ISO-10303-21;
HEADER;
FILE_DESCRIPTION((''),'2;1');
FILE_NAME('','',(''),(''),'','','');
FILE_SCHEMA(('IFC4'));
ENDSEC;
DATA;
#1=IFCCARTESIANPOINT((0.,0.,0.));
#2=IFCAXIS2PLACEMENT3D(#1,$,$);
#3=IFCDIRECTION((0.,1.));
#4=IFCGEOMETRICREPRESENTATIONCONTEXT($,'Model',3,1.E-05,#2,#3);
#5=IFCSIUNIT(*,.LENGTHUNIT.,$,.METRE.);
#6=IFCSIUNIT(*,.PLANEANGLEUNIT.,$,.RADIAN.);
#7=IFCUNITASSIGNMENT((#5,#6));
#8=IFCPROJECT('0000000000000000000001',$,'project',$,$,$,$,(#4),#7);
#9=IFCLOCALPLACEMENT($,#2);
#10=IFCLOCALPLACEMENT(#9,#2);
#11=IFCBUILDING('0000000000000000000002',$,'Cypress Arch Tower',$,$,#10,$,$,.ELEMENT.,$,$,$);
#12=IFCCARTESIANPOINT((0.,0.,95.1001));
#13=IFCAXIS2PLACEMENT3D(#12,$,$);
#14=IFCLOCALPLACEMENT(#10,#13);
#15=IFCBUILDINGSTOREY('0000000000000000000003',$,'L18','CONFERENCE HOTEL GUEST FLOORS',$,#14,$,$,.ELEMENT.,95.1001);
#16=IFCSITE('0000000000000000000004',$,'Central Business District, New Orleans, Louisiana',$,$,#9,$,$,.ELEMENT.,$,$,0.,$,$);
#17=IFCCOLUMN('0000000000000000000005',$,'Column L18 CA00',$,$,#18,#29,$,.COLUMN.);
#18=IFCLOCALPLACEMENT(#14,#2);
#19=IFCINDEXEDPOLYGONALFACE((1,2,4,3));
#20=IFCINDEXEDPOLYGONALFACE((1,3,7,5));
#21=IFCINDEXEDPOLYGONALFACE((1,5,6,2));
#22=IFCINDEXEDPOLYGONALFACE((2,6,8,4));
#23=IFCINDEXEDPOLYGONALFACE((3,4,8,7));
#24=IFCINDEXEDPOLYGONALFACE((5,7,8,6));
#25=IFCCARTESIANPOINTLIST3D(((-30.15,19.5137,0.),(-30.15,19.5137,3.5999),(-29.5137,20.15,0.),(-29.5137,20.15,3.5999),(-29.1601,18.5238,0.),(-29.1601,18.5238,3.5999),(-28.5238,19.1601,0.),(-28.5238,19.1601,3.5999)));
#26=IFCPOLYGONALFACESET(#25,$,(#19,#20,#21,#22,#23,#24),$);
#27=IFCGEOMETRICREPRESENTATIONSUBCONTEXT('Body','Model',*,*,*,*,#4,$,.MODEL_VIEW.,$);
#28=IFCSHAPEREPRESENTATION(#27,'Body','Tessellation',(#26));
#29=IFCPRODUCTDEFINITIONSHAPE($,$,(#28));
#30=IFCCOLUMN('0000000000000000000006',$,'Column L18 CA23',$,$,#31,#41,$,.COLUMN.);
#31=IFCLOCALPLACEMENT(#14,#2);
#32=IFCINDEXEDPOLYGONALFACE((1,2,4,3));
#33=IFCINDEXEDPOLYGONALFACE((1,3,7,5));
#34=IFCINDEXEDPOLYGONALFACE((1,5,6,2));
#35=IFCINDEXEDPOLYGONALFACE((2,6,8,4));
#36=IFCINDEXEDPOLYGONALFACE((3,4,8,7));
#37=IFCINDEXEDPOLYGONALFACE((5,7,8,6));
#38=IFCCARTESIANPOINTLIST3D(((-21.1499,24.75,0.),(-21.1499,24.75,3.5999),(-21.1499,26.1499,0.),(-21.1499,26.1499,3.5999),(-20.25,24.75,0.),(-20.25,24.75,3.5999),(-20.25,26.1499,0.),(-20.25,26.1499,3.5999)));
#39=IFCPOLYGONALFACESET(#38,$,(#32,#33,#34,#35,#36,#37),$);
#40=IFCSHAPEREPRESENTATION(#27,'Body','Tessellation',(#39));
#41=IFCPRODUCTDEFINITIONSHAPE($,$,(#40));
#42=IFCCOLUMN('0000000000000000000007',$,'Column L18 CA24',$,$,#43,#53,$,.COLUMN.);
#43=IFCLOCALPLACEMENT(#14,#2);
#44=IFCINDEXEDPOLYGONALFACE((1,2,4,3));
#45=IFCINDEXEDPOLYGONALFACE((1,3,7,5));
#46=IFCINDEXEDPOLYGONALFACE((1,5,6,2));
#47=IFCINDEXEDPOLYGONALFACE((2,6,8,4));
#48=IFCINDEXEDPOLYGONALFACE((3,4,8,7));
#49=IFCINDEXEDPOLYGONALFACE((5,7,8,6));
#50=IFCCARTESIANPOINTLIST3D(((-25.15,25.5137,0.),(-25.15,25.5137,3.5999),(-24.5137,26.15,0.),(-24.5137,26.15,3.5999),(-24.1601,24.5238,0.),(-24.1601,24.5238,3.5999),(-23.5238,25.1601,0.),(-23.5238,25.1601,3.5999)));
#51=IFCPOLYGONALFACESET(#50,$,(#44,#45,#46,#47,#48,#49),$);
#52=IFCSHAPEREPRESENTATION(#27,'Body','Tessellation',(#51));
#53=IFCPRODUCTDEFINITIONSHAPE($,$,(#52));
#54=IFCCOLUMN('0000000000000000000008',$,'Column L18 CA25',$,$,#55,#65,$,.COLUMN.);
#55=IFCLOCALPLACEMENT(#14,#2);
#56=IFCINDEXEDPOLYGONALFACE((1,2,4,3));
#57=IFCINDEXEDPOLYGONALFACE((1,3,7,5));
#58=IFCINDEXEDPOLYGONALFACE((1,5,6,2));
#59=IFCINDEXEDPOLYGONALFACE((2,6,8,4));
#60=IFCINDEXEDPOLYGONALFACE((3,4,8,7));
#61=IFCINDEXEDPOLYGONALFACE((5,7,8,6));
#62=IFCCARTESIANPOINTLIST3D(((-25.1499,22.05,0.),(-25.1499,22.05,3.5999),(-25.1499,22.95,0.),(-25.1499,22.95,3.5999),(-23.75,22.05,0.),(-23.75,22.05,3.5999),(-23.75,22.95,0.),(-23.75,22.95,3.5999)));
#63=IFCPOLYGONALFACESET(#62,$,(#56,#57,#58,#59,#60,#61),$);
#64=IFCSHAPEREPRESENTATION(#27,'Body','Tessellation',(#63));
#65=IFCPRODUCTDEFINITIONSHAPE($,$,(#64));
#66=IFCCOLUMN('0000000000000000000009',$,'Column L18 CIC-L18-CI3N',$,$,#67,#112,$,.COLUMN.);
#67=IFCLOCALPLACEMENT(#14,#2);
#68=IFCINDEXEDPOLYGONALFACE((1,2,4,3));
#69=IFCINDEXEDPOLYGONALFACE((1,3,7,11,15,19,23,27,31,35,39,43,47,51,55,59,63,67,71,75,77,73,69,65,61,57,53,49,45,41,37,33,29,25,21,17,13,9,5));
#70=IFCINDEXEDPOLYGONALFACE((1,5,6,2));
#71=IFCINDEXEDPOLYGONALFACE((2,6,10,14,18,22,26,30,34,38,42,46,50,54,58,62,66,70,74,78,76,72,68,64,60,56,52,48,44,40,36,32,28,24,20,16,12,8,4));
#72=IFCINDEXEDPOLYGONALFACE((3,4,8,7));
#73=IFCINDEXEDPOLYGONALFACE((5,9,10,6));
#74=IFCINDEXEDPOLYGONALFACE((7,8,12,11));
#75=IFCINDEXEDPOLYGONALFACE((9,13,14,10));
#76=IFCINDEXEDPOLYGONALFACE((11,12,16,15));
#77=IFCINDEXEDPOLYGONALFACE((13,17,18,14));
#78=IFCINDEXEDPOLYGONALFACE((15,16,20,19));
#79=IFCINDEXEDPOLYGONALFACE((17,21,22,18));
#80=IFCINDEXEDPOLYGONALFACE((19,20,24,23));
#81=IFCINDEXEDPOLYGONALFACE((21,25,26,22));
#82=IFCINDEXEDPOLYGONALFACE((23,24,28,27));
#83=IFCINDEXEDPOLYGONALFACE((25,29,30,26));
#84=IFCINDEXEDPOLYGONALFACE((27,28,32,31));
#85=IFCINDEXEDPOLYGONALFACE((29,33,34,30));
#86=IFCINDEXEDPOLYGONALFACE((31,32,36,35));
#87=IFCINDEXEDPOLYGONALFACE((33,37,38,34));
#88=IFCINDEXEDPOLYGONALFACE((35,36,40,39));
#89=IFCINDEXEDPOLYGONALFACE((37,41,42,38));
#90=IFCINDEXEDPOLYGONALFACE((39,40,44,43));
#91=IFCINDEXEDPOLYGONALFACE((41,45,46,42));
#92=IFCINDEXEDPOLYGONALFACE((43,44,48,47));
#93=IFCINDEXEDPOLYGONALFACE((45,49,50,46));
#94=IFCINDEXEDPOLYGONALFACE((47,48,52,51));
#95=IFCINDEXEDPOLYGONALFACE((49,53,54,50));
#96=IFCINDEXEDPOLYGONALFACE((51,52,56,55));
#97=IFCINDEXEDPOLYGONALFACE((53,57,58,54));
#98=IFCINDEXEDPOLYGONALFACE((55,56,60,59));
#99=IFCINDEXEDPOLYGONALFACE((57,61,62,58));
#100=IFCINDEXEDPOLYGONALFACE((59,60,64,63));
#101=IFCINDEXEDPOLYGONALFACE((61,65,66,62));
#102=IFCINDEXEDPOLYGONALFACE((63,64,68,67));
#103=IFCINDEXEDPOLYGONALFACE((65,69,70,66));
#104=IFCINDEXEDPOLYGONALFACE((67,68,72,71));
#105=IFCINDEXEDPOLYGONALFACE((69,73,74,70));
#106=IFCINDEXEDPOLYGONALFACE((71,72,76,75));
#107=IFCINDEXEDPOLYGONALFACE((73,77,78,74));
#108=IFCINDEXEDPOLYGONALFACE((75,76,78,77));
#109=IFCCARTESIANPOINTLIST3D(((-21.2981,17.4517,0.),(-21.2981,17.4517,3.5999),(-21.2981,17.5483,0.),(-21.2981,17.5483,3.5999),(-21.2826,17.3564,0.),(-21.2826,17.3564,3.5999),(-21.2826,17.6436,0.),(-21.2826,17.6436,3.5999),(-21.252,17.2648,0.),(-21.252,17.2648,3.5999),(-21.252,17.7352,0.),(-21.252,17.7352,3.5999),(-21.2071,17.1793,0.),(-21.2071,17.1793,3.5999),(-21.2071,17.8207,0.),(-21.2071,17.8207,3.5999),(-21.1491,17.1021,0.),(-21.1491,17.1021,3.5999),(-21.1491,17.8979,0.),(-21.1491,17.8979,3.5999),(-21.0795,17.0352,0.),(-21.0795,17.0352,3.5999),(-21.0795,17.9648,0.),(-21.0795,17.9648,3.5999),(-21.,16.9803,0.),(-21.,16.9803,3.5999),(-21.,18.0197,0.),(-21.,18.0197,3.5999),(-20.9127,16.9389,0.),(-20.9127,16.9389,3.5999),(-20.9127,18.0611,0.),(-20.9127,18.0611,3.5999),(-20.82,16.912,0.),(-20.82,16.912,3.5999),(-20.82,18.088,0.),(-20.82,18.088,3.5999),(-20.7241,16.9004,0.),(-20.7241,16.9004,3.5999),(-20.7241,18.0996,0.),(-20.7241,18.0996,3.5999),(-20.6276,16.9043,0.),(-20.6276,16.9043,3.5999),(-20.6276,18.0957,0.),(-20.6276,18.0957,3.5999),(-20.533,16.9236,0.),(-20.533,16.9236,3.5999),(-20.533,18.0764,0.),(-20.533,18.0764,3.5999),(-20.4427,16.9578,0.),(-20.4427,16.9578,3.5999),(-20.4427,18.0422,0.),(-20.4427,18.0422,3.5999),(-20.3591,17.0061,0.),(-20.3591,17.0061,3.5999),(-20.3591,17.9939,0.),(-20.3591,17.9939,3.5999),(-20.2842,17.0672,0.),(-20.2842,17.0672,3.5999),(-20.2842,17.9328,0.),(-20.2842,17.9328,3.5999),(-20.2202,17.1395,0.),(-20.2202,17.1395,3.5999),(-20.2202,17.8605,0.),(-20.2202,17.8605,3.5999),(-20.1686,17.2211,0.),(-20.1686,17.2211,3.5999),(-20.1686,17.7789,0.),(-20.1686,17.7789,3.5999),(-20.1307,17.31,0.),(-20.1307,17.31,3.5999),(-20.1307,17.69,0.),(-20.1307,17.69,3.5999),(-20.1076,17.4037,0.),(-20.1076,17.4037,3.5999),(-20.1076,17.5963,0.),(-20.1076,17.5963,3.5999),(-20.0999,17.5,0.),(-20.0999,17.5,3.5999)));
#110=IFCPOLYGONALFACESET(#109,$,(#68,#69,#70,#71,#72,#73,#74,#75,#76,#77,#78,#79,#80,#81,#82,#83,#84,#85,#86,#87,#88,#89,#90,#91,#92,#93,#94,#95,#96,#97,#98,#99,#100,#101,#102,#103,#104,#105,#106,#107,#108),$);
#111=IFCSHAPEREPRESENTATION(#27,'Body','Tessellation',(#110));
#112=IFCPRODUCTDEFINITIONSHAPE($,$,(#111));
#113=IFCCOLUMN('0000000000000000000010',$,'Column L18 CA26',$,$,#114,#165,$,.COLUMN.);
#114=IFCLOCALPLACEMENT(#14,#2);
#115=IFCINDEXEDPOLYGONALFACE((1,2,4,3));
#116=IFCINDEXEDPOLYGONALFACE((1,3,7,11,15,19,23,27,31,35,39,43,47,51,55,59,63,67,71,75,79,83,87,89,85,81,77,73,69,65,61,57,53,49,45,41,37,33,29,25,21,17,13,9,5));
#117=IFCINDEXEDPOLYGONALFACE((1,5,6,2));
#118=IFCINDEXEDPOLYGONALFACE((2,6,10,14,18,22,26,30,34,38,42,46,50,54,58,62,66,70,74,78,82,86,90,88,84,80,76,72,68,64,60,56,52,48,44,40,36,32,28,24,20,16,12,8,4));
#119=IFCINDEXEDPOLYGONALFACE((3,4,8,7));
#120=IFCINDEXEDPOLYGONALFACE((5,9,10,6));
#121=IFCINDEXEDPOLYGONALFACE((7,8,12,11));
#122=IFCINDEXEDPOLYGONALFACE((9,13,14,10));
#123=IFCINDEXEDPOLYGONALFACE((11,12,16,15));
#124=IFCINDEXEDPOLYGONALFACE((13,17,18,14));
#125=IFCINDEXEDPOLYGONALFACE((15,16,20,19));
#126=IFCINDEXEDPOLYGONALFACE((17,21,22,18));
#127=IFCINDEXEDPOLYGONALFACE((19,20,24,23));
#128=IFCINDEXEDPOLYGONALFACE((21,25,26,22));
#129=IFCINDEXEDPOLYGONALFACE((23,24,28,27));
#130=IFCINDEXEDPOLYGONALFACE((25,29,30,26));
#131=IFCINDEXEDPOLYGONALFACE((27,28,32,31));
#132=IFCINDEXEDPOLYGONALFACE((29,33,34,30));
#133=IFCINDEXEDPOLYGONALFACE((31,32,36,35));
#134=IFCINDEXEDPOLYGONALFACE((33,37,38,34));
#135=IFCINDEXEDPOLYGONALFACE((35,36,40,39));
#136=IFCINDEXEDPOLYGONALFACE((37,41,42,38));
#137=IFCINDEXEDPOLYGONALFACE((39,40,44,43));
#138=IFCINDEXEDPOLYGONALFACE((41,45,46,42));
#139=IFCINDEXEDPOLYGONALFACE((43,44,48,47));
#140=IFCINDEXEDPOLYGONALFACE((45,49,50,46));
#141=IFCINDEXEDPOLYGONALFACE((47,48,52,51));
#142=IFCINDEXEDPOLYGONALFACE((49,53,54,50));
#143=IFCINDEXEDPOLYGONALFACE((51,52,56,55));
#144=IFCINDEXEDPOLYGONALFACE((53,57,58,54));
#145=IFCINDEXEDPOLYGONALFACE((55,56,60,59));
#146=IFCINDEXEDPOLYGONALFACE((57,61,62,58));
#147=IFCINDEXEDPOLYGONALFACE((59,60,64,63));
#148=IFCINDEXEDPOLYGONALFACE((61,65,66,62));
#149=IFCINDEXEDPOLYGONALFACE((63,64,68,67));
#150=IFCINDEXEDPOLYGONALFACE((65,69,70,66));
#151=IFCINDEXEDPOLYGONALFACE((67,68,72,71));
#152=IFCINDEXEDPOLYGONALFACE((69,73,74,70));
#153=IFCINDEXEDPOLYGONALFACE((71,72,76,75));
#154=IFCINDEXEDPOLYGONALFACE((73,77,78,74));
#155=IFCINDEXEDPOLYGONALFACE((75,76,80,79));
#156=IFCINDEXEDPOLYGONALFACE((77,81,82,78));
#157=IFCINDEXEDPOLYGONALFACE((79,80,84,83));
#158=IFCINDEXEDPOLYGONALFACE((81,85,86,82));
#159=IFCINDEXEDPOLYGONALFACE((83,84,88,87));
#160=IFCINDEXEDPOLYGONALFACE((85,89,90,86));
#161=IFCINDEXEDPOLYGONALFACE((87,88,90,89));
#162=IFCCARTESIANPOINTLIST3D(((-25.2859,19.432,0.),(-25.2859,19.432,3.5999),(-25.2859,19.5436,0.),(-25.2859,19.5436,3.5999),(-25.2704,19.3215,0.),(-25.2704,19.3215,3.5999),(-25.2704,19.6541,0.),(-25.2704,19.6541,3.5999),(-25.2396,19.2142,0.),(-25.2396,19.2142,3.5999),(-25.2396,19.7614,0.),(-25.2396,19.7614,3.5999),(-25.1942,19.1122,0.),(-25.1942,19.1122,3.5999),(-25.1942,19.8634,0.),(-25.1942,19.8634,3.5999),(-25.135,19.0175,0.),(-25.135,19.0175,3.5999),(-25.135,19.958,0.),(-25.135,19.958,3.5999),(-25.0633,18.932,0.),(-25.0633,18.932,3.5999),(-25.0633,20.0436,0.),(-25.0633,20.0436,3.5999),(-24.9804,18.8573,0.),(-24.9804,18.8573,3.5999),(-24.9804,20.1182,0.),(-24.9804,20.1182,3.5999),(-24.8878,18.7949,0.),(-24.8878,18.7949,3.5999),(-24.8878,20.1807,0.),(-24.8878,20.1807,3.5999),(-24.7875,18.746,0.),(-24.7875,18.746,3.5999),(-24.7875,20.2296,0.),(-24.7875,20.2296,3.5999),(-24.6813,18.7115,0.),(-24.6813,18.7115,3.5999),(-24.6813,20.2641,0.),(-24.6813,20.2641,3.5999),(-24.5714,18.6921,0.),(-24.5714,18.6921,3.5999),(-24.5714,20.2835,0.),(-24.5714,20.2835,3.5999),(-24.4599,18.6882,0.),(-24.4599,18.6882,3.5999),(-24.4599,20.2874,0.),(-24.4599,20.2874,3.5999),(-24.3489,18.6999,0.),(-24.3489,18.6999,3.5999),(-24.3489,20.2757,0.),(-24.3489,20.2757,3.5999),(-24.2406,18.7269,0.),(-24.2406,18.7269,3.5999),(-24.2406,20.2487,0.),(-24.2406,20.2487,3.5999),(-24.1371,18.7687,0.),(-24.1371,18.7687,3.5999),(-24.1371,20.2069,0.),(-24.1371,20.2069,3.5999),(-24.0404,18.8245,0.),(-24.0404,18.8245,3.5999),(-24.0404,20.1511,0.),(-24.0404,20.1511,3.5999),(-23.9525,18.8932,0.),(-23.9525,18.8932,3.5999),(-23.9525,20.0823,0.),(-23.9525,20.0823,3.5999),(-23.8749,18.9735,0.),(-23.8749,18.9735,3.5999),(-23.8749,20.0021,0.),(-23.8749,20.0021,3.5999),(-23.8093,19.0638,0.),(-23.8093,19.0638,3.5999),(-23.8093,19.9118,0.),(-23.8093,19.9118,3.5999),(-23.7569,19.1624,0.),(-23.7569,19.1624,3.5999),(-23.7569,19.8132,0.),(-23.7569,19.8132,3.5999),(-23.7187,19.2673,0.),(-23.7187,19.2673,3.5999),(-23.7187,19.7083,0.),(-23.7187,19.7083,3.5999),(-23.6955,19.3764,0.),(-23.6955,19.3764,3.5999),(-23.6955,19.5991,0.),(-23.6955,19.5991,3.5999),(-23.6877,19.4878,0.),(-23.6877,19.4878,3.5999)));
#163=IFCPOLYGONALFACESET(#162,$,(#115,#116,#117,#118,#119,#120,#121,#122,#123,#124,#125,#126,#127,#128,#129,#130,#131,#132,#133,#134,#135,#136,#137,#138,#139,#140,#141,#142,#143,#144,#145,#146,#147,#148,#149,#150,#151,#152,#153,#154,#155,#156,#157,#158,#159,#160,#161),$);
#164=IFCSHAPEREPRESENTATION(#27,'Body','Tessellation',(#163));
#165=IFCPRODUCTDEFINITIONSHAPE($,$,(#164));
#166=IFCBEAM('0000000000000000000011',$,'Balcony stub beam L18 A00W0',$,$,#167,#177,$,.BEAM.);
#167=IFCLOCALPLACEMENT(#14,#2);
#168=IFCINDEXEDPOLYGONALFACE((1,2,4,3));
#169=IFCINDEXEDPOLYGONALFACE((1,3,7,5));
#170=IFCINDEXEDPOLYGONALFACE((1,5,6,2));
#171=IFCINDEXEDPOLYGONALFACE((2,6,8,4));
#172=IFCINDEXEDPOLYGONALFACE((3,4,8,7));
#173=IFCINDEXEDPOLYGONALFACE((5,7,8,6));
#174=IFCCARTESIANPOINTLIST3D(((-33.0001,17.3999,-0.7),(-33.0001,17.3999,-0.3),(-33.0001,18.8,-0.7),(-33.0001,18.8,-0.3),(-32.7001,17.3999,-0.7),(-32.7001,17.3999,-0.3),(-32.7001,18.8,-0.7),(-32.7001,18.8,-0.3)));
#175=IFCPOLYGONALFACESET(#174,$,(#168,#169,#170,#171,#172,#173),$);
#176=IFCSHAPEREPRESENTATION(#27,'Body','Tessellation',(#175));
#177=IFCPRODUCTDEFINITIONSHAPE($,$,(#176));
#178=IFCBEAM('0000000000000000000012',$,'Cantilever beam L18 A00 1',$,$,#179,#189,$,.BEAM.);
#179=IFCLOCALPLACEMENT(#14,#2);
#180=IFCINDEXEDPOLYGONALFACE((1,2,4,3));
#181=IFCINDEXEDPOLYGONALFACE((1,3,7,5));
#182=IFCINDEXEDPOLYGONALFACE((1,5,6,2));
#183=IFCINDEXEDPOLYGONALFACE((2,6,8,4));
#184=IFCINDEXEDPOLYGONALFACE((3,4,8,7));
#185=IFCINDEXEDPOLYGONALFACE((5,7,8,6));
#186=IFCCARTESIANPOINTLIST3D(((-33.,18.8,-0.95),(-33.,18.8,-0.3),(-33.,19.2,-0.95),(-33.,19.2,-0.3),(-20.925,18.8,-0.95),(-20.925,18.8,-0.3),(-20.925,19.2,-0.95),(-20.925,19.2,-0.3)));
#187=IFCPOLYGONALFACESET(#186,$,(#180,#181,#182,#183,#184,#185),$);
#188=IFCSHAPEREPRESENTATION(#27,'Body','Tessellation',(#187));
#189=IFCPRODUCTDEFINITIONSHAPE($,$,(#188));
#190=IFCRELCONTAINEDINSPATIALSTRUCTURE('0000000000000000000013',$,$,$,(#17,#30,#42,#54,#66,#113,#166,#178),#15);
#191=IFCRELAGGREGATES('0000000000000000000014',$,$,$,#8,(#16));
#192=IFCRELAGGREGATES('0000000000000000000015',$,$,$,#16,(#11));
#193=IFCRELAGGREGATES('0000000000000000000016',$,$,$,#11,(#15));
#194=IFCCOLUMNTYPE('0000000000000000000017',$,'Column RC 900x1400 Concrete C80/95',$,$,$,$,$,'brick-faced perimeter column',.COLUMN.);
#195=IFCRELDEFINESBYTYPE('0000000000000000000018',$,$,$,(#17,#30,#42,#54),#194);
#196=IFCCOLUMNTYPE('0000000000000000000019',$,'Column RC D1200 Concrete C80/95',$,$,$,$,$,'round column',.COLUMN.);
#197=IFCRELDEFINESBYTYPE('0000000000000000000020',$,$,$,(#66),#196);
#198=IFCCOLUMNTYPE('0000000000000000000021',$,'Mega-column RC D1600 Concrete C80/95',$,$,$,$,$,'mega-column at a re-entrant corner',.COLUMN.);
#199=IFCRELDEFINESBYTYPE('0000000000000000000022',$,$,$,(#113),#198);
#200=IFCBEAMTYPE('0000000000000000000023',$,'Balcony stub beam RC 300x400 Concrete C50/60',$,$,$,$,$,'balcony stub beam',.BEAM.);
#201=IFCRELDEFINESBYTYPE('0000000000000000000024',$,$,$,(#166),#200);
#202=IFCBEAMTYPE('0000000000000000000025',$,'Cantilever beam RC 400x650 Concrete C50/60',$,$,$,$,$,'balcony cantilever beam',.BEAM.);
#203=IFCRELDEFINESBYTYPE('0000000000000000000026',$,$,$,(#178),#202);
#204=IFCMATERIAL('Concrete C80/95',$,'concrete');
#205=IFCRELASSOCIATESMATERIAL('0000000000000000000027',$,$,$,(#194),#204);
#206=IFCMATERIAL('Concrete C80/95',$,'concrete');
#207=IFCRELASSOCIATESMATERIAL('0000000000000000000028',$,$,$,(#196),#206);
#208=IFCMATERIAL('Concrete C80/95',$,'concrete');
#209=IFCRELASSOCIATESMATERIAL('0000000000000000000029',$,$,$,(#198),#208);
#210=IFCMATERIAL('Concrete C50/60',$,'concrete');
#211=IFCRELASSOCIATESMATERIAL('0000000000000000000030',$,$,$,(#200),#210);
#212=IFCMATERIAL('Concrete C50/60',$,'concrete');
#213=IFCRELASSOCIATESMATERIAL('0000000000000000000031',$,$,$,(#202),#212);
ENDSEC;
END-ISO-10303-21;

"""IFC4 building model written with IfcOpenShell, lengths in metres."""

from ifc_helpers import new_model, si_unit, direction, frame, origin, origin_2d, place, context, subcontext, project, spatial, rectangle, circle, extrude, material, material_profile, profile_set, type_object, element, save


model = new_model("IFC4")

# Units and contexts
model_context = context("Model", 3, precision=1e-05, world=origin(), true_north=direction((0.0, 1.0)))
body_context = subcontext(model_context, "Body", "Model", "MODEL_VIEW")
ifc_project = project(units=[si_unit("LENGTHUNIT", "METRE"), si_unit("PLANEANGLEUNIT", "RADIAN")], contexts=[model_context])

# Site, building, storey
site_placement = place(None, origin())
site = spatial("IfcSite", under=ifc_project, at=site_placement, Name="Central Business District, New Orleans, Louisiana", CompositionType="ELEMENT", RefElevation=0.0)
building_placement = place(site_placement, origin())
building = spatial("IfcBuilding", under=site, at=building_placement, Name="Cypress Arch Tower", CompositionType="ELEMENT")
storey_placement = place(building_placement, frame((0.0, 0.0, 95.1001)))
storey = spatial("IfcBuildingStorey", under=building, at=storey_placement, Name="L18", Description="CONFERENCE HOTEL GUEST FLOORS", CompositionType="ELEMENT", Elevation=95.1001)

# Columns
ifc_material_1 = material(Name="Concrete C80/95", Category="concrete")
ifc_material_profile_1 = material_profile(ifc_material_1, rectangle(XDim=0.8999, YDim=1.3999, at=origin_2d()), Name="RC 900x1400")
ifc_profile_set_1 = profile_set([ifc_material_profile_1], Name="Concrete C80/95")
column_type_1 = type_object("IfcColumnType", Name="Column RC 900x1400 Concrete C80/95", ElementType="brick-faced perimeter column", PredefinedType="COLUMN", material=ifc_profile_set_1)
for number, where, z_axis, x_axis, name in (
    (1, (-29.3369, 19.3369, 0.0), (0.0, 0.0, 1.0), (-0.707107, -0.707107, 0.0), "Column L18 CA00"),
    (2, (-20.7, 25.45, 0.0), (0.0, 0.0, 1.0), (-1.0, 0.0, 0.0), "Column L18 CA23"),
    (3, (-24.3369, 25.3369, 0.0), (0.0, 0.0, 1.0), (-0.707107, -0.707107, 0.0), "Column L18 CA24"),
    (4, (-24.45, 22.5, 0.0), (0.0, 0.0, 1.0), (0.0, -1.0, 0.0), "Column L18 CA25"),
):
    element("IfcColumn", number, at=place(storey_placement, frame(where, z_axis=z_axis, x_axis=x_axis)), inside=storey, type_object=column_type_1, Name=name, PredefinedType="COLUMN", context=body_context, shape_type="SweptSolid", body=[
        extrude(rectangle(XDim=0.8999, YDim=1.3999, at=origin_2d()), origin(), (0.0, 0.0, 1.0), 3.5999),
    ])
ifc_material_2 = material(Name="Concrete C80/95", Category="concrete")
ifc_material_profile_2 = material_profile(ifc_material_2, circle(Radius=0.6001, at=origin_2d()), Name="RC D1200")
ifc_profile_set_2 = profile_set([ifc_material_profile_2], Name="Concrete C80/95")
column_type_2 = type_object("IfcColumnType", Name="Column RC D1200 Concrete C80/95", ElementType="round column", PredefinedType="COLUMN", material=ifc_profile_set_2)
column_1_placement = place(storey_placement, frame((-20.7, 17.5, 0.0), z_axis=(0.0, 0.0, 1.0), x_axis=(1.0, 0.0, 0.0)))
element("IfcColumn", 5, at=column_1_placement, inside=storey, type_object=column_type_2, Name="Column L18 CIC-L18-CI3N", PredefinedType="COLUMN", context=body_context, shape_type="SweptSolid", body=[
    extrude(circle(Radius=0.6001, at=origin_2d()), origin(), (0.0, 0.0, 1.0), 3.5999),
])
ifc_material_3 = material(Name="Concrete C80/95", Category="concrete")
ifc_material_profile_3 = material_profile(ifc_material_3, circle(Radius=0.8, at=origin_2d()), Name="RC D1600")
ifc_profile_set_3 = profile_set([ifc_material_profile_3], Name="Concrete C80/95")
column_type_3 = type_object("IfcColumnType", Name="Mega-column RC D1600 Concrete C80/95", ElementType="mega-column at a re-entrant corner", PredefinedType="COLUMN", material=ifc_profile_set_3)
column_2_placement = place(storey_placement, frame((-24.4878, 19.4878, 0.0), z_axis=(0.0, 0.0, 1.0), x_axis=(1.0, 0.0, 0.0)))
element("IfcColumn", 6, at=column_2_placement, inside=storey, type_object=column_type_3, Name="Column L18 CA26", PredefinedType="COLUMN", context=body_context, shape_type="SweptSolid", body=[
    extrude(circle(Radius=0.8, at=origin_2d()), origin(), (0.0, 0.0, 1.0), 3.5999),
])

# Beams
ifc_material_4 = material(Name="Concrete C50/60", Category="concrete")
ifc_material_profile_4 = material_profile(ifc_material_4, rectangle(XDim=0.3, YDim=0.3999, at=origin_2d()), Name="RC 300x400")
ifc_profile_set_4 = profile_set([ifc_material_profile_4], Name="Concrete C50/60")
beam_type_1 = type_object("IfcBeamType", Name="Balcony stub beam RC 300x400 Concrete C50/60", ElementType="balcony stub beam", PredefinedType="BEAM", material=ifc_profile_set_4)
beam_1_placement = place(storey_placement, frame((-32.8501, 18.8, -0.5), z_axis=(0.0, -1.0, 0.0), x_axis=(1.0, 0.0, 0.0)))
element("IfcBeam", 7, at=beam_1_placement, inside=storey, type_object=beam_type_1, Name="Balcony stub beam L18 A00W0", PredefinedType="BEAM", context=body_context, shape_type="SweptSolid", body=[
    extrude(rectangle(XDim=0.3, YDim=0.3999, at=origin_2d()), origin(), (0.0, 0.0, 1.0), 1.4001),
])
ifc_material_5 = material(Name="Concrete C50/60", Category="concrete")
ifc_material_profile_5 = material_profile(ifc_material_5, rectangle(XDim=0.3999, YDim=0.6499, at=origin_2d()), Name="RC 400x650")
ifc_profile_set_5 = profile_set([ifc_material_profile_5], Name="Concrete C50/60")
beam_type_2 = type_object("IfcBeamType", Name="Cantilever beam RC 400x650 Concrete C50/60", ElementType="balcony cantilever beam", PredefinedType="BEAM", material=ifc_profile_set_5)
beam_2_placement = place(storey_placement, frame((-20.925, 19.0, -0.625), z_axis=(-1.0, 0.0, 0.0), x_axis=(0.0, -1.0, 0.0)))
element("IfcBeam", 8, at=beam_2_placement, inside=storey, type_object=beam_type_2, Name="Cantilever beam L18 A00 1", PredefinedType="BEAM", context=body_context, shape_type="SweptSolid", body=[
    extrude(rectangle(XDim=0.3999, YDim=0.6499, at=origin_2d()), origin(), (0.0, 0.0, 1.0), 12.075),
])

save(model, "model.ifc")
